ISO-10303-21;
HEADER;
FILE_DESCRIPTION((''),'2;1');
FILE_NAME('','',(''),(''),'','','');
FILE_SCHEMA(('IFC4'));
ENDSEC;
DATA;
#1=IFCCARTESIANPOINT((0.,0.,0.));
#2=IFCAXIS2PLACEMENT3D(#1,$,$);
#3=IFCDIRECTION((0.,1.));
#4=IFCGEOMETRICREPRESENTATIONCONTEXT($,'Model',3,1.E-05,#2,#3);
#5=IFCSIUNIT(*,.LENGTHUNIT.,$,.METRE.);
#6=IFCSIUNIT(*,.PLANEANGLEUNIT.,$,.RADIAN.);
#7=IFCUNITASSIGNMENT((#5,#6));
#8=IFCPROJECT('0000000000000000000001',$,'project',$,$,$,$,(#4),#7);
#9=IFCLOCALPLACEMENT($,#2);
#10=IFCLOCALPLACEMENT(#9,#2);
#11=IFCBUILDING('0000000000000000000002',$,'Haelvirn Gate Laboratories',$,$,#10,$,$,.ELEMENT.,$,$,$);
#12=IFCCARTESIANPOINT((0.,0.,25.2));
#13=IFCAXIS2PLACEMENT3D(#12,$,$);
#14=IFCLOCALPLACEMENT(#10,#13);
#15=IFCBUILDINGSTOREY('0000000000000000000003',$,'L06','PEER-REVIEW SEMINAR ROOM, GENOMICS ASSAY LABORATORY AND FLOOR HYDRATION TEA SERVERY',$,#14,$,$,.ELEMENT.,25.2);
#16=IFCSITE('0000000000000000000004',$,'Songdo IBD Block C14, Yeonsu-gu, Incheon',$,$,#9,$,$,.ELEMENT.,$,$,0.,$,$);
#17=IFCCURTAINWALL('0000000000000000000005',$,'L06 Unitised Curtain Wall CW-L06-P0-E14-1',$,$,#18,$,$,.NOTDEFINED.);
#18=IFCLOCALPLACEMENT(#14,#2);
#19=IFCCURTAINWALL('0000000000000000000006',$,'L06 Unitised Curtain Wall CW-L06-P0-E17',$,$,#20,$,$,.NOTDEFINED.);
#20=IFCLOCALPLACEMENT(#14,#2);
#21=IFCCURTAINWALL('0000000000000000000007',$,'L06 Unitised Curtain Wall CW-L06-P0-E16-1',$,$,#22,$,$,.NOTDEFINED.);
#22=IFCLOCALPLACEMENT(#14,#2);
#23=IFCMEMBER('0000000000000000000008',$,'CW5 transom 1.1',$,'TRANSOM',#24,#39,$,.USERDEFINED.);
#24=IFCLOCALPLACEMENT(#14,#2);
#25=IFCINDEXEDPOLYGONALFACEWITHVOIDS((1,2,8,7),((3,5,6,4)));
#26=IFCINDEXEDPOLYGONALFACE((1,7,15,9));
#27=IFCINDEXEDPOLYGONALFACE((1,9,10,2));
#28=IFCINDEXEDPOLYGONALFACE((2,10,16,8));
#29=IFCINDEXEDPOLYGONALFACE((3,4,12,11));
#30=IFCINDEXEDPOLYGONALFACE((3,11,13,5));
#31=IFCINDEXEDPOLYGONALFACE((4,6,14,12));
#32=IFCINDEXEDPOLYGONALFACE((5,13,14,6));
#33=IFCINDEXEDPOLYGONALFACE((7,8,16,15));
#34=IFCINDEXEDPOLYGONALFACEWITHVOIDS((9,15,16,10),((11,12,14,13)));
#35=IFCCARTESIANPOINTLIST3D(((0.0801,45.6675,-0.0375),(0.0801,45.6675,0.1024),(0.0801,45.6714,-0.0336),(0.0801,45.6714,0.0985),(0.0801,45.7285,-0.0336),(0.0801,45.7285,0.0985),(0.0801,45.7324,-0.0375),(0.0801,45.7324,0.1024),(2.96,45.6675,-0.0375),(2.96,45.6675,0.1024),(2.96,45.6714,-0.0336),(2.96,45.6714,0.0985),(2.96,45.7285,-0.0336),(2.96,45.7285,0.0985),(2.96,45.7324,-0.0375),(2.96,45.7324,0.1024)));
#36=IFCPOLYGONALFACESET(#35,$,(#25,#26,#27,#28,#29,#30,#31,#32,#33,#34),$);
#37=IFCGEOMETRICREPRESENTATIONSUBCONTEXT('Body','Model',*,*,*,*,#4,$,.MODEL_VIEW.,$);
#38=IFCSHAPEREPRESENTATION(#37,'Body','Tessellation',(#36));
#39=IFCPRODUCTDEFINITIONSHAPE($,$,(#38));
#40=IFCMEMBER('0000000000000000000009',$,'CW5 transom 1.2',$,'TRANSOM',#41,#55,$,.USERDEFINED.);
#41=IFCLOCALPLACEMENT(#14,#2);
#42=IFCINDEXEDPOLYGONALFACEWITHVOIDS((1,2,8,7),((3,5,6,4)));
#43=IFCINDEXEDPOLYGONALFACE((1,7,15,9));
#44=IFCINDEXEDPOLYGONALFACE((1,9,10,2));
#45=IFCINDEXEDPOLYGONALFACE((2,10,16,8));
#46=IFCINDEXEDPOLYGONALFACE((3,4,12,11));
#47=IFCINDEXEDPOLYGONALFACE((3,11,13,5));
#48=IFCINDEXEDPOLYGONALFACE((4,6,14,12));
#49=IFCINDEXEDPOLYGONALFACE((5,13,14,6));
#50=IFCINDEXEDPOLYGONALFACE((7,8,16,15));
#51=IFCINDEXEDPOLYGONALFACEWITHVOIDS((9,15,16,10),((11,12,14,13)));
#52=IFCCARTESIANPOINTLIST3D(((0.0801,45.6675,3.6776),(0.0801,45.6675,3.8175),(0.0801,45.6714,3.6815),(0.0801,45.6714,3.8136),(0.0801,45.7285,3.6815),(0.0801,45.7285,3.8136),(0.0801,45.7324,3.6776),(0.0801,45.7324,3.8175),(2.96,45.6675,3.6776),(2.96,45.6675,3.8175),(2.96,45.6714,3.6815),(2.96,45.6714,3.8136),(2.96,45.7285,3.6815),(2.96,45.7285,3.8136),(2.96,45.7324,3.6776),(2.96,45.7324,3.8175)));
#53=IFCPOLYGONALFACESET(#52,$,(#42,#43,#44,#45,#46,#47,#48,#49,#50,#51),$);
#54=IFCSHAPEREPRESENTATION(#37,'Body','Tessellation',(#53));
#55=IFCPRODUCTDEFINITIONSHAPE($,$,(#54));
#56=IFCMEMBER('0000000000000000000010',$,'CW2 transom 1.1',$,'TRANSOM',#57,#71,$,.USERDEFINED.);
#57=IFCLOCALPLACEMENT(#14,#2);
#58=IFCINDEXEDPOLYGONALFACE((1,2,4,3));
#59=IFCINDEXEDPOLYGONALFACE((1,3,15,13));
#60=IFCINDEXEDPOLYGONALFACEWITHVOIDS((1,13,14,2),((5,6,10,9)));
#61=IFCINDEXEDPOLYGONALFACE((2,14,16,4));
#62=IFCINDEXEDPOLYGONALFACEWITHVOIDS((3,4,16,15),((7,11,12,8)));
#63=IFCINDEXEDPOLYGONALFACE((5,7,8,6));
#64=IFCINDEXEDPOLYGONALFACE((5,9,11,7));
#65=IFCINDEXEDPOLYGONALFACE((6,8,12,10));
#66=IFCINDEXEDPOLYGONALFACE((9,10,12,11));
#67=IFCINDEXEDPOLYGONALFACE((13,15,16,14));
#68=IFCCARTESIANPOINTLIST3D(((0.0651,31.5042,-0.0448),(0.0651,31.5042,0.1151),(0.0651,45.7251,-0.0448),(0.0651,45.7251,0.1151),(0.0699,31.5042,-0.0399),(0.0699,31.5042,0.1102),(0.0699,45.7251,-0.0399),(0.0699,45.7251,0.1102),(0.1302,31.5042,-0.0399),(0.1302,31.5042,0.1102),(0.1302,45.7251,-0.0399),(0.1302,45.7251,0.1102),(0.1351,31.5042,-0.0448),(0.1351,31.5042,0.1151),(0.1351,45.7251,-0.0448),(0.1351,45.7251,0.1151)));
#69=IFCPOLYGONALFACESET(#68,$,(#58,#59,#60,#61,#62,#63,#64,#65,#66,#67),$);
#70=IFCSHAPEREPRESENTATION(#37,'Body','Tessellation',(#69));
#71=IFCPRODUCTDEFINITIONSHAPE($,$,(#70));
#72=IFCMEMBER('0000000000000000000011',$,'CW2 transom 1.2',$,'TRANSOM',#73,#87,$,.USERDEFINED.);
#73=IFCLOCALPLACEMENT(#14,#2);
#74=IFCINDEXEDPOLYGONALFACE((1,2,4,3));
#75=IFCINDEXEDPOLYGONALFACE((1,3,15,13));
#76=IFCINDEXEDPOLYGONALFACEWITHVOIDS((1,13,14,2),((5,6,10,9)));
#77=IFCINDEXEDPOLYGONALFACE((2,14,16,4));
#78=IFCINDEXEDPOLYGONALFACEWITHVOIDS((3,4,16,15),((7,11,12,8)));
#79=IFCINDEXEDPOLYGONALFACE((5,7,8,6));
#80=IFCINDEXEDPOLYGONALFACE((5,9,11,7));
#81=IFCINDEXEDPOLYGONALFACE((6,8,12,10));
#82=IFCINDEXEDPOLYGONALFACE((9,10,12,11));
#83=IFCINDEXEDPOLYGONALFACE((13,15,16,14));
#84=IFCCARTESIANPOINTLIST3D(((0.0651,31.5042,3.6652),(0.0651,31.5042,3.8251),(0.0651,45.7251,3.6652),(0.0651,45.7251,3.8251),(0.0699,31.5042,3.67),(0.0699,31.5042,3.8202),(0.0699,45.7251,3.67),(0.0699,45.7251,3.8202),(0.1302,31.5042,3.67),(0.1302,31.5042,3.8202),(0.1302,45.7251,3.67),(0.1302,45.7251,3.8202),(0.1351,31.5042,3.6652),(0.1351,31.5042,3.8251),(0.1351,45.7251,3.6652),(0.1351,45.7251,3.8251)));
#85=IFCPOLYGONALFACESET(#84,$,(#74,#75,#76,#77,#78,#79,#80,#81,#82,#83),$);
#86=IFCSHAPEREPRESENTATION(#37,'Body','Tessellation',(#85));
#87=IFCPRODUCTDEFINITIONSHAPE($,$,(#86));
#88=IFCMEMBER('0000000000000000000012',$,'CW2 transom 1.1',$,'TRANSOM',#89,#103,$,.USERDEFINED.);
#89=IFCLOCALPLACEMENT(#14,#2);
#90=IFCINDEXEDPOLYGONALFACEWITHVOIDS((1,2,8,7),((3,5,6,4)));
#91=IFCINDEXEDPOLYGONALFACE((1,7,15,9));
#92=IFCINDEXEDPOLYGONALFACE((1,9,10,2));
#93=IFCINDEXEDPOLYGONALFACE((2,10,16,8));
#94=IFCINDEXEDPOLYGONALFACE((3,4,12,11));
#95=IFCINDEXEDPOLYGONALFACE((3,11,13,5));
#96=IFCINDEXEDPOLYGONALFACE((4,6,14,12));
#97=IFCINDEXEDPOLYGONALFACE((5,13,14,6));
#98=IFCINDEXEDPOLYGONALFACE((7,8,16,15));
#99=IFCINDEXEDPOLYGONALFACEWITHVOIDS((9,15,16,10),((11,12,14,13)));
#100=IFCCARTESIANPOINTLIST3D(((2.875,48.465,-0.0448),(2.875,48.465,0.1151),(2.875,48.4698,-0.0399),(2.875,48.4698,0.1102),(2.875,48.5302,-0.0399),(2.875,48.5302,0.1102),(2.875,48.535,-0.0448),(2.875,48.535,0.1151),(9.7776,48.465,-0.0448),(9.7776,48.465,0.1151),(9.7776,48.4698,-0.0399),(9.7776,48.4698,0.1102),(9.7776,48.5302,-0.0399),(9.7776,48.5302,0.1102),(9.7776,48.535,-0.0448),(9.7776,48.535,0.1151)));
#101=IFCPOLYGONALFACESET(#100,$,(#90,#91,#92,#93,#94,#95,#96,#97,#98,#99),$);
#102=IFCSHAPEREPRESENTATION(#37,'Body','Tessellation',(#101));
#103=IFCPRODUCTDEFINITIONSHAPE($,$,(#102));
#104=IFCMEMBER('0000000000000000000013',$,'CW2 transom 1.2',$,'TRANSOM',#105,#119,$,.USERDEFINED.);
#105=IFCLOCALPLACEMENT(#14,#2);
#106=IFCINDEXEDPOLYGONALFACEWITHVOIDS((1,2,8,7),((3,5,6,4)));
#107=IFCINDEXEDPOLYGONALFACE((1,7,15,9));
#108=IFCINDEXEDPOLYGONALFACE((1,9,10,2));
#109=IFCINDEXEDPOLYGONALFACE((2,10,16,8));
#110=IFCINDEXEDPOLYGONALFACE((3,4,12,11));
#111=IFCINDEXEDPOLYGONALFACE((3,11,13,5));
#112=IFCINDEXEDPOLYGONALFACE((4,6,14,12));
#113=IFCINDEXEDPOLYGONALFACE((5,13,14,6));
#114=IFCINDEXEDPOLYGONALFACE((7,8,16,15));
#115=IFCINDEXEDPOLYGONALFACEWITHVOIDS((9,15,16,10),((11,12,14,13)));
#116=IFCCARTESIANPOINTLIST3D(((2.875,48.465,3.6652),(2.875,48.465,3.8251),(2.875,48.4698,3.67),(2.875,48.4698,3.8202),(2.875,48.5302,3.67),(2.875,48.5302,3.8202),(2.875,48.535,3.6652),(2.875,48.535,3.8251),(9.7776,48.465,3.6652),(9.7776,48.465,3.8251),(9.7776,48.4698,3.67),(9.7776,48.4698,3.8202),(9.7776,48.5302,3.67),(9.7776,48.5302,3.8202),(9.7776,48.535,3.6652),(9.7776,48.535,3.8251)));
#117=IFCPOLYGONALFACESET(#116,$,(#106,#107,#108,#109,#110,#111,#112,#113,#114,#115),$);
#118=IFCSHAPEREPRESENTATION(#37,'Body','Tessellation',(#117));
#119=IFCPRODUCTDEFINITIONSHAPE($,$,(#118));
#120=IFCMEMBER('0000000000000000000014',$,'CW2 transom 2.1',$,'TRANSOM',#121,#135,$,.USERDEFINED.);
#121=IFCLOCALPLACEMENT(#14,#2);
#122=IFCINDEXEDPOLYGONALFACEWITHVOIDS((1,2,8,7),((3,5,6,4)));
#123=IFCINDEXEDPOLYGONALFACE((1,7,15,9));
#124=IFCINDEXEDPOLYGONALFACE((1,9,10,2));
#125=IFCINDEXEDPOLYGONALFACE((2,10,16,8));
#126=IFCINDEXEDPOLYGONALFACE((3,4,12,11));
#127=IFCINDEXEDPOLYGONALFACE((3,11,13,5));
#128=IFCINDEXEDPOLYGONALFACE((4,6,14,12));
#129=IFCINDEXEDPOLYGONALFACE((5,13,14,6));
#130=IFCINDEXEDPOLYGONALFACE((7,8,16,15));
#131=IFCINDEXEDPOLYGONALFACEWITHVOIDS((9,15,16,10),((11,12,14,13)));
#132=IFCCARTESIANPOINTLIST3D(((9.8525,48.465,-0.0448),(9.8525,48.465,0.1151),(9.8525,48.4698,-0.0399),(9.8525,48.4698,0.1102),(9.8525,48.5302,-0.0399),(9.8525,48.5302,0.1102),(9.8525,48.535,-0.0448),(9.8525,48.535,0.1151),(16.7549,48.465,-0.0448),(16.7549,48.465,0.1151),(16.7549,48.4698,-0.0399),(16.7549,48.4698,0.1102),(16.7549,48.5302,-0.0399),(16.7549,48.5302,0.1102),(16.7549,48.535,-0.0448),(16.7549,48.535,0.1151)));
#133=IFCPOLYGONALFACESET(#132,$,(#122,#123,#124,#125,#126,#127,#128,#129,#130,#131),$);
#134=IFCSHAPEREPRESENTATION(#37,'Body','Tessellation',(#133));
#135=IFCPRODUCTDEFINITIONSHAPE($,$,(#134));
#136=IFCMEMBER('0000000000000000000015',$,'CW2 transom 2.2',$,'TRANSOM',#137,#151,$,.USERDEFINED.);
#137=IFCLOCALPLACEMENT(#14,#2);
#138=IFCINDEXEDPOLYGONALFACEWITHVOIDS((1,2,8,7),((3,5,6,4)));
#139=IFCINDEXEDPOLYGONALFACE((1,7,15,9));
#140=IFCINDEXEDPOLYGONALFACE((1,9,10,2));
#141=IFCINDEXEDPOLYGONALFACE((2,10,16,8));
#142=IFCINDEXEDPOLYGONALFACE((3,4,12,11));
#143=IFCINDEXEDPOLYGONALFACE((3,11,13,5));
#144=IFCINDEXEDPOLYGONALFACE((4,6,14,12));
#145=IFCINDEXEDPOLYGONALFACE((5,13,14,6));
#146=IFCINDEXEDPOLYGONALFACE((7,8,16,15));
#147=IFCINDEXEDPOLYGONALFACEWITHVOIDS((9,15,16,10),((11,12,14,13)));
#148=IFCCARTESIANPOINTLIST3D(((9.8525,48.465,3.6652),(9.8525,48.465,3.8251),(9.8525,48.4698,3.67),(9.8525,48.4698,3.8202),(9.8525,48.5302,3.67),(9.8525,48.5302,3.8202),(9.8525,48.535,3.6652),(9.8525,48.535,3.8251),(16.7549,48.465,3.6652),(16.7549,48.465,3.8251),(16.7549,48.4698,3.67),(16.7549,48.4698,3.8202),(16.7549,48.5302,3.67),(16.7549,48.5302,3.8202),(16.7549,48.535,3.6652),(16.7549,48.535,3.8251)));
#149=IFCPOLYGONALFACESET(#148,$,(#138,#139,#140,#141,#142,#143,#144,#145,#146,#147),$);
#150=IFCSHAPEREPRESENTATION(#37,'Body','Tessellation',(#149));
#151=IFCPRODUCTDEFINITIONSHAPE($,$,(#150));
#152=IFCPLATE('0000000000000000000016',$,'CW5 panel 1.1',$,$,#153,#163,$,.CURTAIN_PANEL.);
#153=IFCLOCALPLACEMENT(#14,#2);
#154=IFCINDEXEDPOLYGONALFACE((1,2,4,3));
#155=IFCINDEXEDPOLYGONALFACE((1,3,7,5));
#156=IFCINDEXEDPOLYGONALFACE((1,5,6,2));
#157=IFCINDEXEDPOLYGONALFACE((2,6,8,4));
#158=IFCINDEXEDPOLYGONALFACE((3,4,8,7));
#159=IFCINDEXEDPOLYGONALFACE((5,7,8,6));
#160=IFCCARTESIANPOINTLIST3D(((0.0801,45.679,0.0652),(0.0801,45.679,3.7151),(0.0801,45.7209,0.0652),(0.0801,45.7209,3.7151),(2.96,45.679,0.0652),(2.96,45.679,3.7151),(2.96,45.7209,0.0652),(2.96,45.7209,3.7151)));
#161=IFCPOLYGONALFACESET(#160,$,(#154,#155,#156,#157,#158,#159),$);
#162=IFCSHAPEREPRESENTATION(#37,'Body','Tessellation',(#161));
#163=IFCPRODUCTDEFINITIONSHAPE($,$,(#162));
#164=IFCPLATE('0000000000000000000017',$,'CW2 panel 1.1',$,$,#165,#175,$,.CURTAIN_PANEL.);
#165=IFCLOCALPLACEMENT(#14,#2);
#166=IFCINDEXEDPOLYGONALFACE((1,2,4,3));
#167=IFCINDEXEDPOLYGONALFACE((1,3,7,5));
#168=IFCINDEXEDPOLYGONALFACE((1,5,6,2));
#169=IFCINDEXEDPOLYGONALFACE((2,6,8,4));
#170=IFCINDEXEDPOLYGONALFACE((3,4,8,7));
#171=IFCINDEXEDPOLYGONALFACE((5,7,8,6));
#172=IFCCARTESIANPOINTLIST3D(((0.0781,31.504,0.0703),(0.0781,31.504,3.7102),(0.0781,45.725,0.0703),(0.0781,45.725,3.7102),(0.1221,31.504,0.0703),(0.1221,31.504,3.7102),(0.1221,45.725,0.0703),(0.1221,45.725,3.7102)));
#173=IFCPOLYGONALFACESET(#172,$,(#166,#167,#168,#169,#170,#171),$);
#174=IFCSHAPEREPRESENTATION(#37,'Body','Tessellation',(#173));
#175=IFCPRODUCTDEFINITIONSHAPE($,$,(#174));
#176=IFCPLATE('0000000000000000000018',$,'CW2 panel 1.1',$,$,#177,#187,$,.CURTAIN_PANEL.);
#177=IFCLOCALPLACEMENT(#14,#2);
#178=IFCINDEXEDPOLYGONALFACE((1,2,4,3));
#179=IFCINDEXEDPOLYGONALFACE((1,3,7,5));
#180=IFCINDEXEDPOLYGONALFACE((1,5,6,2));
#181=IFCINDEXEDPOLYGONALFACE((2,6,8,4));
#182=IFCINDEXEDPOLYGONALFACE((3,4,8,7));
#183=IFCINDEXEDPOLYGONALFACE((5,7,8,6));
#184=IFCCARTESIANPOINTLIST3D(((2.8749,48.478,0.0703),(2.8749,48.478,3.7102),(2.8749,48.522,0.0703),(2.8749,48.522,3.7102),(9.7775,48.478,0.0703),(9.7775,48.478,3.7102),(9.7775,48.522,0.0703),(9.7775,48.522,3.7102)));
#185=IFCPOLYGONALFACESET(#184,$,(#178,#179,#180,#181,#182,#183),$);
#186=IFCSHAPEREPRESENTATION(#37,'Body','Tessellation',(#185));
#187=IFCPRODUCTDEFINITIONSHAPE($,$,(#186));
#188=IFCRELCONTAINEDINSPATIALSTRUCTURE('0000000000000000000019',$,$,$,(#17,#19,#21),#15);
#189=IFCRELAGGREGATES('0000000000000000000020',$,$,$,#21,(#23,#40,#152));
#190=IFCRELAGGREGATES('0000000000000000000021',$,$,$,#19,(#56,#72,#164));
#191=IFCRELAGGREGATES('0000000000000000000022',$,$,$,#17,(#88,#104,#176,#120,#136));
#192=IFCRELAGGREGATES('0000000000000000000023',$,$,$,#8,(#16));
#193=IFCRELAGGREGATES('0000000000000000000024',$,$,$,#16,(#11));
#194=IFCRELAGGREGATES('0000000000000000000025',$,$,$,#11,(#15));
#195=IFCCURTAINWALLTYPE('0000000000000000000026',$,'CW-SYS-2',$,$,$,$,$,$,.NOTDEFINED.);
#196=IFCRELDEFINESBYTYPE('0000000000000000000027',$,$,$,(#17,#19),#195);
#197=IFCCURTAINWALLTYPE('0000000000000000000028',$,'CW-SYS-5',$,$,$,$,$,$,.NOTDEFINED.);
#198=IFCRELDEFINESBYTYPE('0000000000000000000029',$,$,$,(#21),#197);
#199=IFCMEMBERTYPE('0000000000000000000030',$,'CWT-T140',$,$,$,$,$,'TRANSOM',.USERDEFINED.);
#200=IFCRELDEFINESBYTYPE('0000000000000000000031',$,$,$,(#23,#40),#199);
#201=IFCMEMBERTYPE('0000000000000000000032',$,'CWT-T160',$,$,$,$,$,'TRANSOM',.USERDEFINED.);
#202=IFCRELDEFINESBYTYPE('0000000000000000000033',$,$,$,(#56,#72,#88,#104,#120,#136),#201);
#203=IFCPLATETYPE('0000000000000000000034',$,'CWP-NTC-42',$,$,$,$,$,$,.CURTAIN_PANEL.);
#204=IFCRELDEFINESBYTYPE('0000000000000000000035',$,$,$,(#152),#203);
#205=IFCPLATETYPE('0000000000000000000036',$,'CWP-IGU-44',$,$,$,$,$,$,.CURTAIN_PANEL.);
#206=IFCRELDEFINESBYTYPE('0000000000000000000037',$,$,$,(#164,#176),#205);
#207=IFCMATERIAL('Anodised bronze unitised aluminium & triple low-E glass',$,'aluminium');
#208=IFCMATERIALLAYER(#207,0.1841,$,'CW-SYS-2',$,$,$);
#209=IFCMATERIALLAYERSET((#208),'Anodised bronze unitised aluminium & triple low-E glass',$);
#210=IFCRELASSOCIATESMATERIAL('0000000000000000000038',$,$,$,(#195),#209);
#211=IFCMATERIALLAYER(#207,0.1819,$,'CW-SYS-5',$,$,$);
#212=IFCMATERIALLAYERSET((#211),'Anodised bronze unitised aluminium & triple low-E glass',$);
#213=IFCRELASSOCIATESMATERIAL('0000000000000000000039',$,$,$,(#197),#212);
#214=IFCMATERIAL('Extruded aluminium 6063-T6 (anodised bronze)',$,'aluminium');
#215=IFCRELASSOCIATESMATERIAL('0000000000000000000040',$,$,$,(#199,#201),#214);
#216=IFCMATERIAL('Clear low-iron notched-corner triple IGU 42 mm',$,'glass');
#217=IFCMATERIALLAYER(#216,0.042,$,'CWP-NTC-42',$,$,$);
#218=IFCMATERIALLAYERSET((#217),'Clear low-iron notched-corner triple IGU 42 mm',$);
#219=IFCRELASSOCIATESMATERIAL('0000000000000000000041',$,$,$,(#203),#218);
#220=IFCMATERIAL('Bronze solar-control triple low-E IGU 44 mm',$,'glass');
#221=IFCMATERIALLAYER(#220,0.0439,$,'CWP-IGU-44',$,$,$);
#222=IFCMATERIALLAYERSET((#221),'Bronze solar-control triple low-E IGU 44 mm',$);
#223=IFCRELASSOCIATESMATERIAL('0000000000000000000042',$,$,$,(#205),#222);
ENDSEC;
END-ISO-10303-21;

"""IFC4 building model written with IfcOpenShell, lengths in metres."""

from ifc_helpers import new_model, si_unit, direction, frame, origin, origin_2d, place, context, subcontext, project, spatial, rectangle, hollow_rectangle, extrude, source, transform, mapped, material, layer, layer_set, material_profile, profile_set, type_object, type_shapes, element, aggregate, save


model = new_model("IFC4")

# Units and contexts
model_context = context("Model", 3, precision=1e-05, world=origin(), true_north=direction((0.0, 1.0)))
body_context = subcontext(model_context, "Body", "Model", "MODEL_VIEW")
ifc_project = project(units=[si_unit("LENGTHUNIT", "METRE"), si_unit("PLANEANGLEUNIT", "RADIAN")], contexts=[model_context])

# Site, building, storey
site_placement = place(None, origin())
site = spatial("IfcSite", under=ifc_project, at=site_placement, Name="Songdo IBD Block C14, Yeonsu-gu, Incheon", CompositionType="ELEMENT", RefElevation=0.0)
building_placement = place(site_placement, origin())
building = spatial("IfcBuilding", under=site, at=building_placement, Name="Haelvirn Gate Laboratories", CompositionType="ELEMENT")
storey_placement = place(building_placement, frame((0.0, 0.0, 25.2)))
storey = spatial("IfcBuildingStorey", under=building, at=storey_placement, Name="L06", Description="PEER-REVIEW SEMINAR ROOM, GENOMICS ASSAY LABORATORY AND FLOOR HYDRATION TEA SERVERY", CompositionType="ELEMENT", Elevation=25.2)

# Curtain wall
ifc_material_1 = material(Name="Anodised bronze unitised aluminium & triple low-E glass", Category="aluminium")
ifc_layer_1 = layer(ifc_material_1, 0.1841, Name="CW-SYS-2")
ifc_layer_set_1 = layer_set([ifc_layer_1], Name="Anodised bronze unitised aluminium & triple low-E glass")
curtain_wall_type_1 = type_object("IfcCurtainWallType", Name="CW-SYS-2", PredefinedType="NOTDEFINED", material=ifc_layer_set_1)
curtain_wall_1_placement = place(storey_placement, origin())
curtain_wall_1 = element("IfcCurtainWall", 1, at=curtain_wall_1_placement, inside=storey, type_object=curtain_wall_type_1, Name="L06 Unitised Curtain Wall CW-L06-P0-E14-1", PredefinedType="NOTDEFINED")
ifc_material_2 = material(Name="Extruded aluminium 6063-T6 (anodised bronze)", Category="aluminium")

# Curtain wall
curtain_wall_2_placement = place(storey_placement, origin())
curtain_wall_2 = element("IfcCurtainWall", 2, at=curtain_wall_2_placement, inside=storey, type_object=curtain_wall_type_1, Name="L06 Unitised Curtain Wall CW-L06-P0-E17", PredefinedType="NOTDEFINED")

# Curtain wall, members
ifc_layer_2 = layer(ifc_material_1, 0.1819, Name="CW-SYS-5")
ifc_layer_set_2 = layer_set([ifc_layer_2], Name="Anodised bronze unitised aluminium & triple low-E glass")
curtain_wall_type_2 = type_object("IfcCurtainWallType", Name="CW-SYS-5", PredefinedType="NOTDEFINED", material=ifc_layer_set_2)
curtain_wall_3_placement = place(storey_placement, origin())
curtain_wall_3 = element("IfcCurtainWall", 3, at=curtain_wall_3_placement, inside=storey, type_object=curtain_wall_type_2, Name="L06 Unitised Curtain Wall CW-L06-P0-E16-1", PredefinedType="NOTDEFINED")
ifc_material_profile_1 = material_profile(ifc_material_2, hollow_rectangle(XDim=0.0649, YDim=0.1399, WallThickness=0.0039, at=origin_2d()), Name="CWT-140x65x4")
ifc_profile_set_1 = profile_set([ifc_material_profile_1], Name="Extruded aluminium 6063-T6 (anodised bronze)")
member_type_1 = type_object("IfcMemberType", Name="CWT-T140", ElementType="TRANSOM", PredefinedType="USERDEFINED", material=ifc_profile_set_1)
shared_shape_1 = source(origin(), body_context, "Body", "SweptSolid", [
    extrude(hollow_rectangle(XDim=0.0649, YDim=0.1399, WallThickness=0.0039, at=origin_2d()), origin(), (0.0, 0.0, 1.0), 2.8799),
])
type_shapes(member_type_1, [shared_shape_1])
member_1_placement = place(storey_placement, frame((0.0801, 45.7, 0.0325), z_axis=(1.0, 0.0, 0.0), x_axis=(0.0, 1.0, 0.0)))
member_1 = element("IfcMember", 4, at=member_1_placement, type_object=member_type_1, Name="CW5 transom 1.1", ObjectType="TRANSOM", PredefinedType="USERDEFINED", context=body_context, shape_type="MappedRepresentation", body=[
    mapped(shared_shape_1, transform((0.0, 0.0, 0.0), scale=1.0)),
])
member_2_placement = place(storey_placement, frame((0.0801, 45.7, 3.7476), z_axis=(1.0, 0.0, 0.0), x_axis=(0.0, 1.0, 0.0)))
member_2 = element("IfcMember", 5, at=member_2_placement, type_object=member_type_1, Name="CW5 transom 1.2", ObjectType="TRANSOM", PredefinedType="USERDEFINED", context=body_context, shape_type="MappedRepresentation", body=[
    mapped(shared_shape_1, transform((0.0, 0.0, 0.0), scale=1.0)),
])

# Members
ifc_material_profile_2 = material_profile(ifc_material_2, hollow_rectangle(XDim=0.0701, YDim=0.1599, WallThickness=0.0049, at=origin_2d()), Name="CWT-160x70x5")
ifc_profile_set_2 = profile_set([ifc_material_profile_2], Name="Extruded aluminium 6063-T6 (anodised bronze)")
member_type_2 = type_object("IfcMemberType", Name="CWT-T160", ElementType="TRANSOM", PredefinedType="USERDEFINED", material=ifc_profile_set_2)
shared_shape_2 = source(origin(), body_context, "Body", "SweptSolid", [
    extrude(hollow_rectangle(XDim=0.0701, YDim=0.1599, WallThickness=0.0049, at=origin_2d()), origin(), (0.0, 0.0, 1.0), 14.2209),
])
member_3_placement = place(storey_placement, frame((0.1001, 45.7251, 0.0352), z_axis=(0.0, -1.0, 0.0), x_axis=(1.0, 0.0, 0.0)))
member_3 = element("IfcMember", 6, at=member_3_placement, type_object=member_type_2, Name="CW2 transom 1.1", ObjectType="TRANSOM", PredefinedType="USERDEFINED", context=body_context, shape_type="MappedRepresentation", body=[
    mapped(shared_shape_2, transform((0.0, 0.0, 0.0), scale=1.0)),
])
member_4_placement = place(storey_placement, frame((0.1001, 45.7251, 3.7451), z_axis=(0.0, -1.0, 0.0), x_axis=(1.0, 0.0, 0.0)))
member_4 = element("IfcMember", 7, at=member_4_placement, type_object=member_type_2, Name="CW2 transom 1.2", ObjectType="TRANSOM", PredefinedType="USERDEFINED", context=body_context, shape_type="MappedRepresentation", body=[
    mapped(shared_shape_2, transform((0.0, 0.0, 0.0), scale=1.0)),
])
shared_shape_3 = source(origin(), body_context, "Body", "SweptSolid", [
    extrude(hollow_rectangle(XDim=0.0701, YDim=0.1599, WallThickness=0.0049, at=origin_2d()), origin(), (0.0, 0.0, 1.0), 6.9026),
])
member_5_placement = place(storey_placement, frame((2.875, 48.5, 0.0352), z_axis=(1.0, 0.0, 0.0), x_axis=(0.0, 1.0, 0.0)))
member_5 = element("IfcMember", 8, at=member_5_placement, type_object=member_type_2, Name="CW2 transom 1.1", ObjectType="TRANSOM", PredefinedType="USERDEFINED", context=body_context, shape_type="MappedRepresentation", body=[
    mapped(shared_shape_3, transform((0.0, 0.0, 0.0), scale=1.0)),
])
member_6_placement = place(storey_placement, frame((2.875, 48.5, 3.7451), z_axis=(1.0, 0.0, 0.0), x_axis=(0.0, 1.0, 0.0)))
member_6 = element("IfcMember", 9, at=member_6_placement, type_object=member_type_2, Name="CW2 transom 1.2", ObjectType="TRANSOM", PredefinedType="USERDEFINED", context=body_context, shape_type="MappedRepresentation", body=[
    mapped(shared_shape_3, transform((0.0, 0.0, 0.0), scale=1.0)),
])
shared_shape_4 = source(origin(), body_context, "Body", "SweptSolid", [
    extrude(hollow_rectangle(XDim=0.0701, YDim=0.1599, WallThickness=0.0049, at=origin_2d()), origin(), (0.0, 0.0, 1.0), 6.9023),
])
type_shapes(member_type_2, [shared_shape_2, shared_shape_3, shared_shape_4])
member_7_placement = place(storey_placement, frame((9.8525, 48.5, 0.0352), z_axis=(1.0, 0.0, 0.0), x_axis=(0.0, 1.0, 0.0)))
member_7 = element("IfcMember", 10, at=member_7_placement, type_object=member_type_2, Name="CW2 transom 2.1", ObjectType="TRANSOM", PredefinedType="USERDEFINED", context=body_context, shape_type="MappedRepresentation", body=[
    mapped(shared_shape_4, transform((0.0, 0.0, 0.0), scale=1.0)),
])
member_8_placement = place(storey_placement, frame((9.8525, 48.5, 3.7451), z_axis=(1.0, 0.0, 0.0), x_axis=(0.0, 1.0, 0.0)))
member_8 = element("IfcMember", 11, at=member_8_placement, type_object=member_type_2, Name="CW2 transom 2.2", ObjectType="TRANSOM", PredefinedType="USERDEFINED", context=body_context, shape_type="MappedRepresentation", body=[
    mapped(shared_shape_4, transform((0.0, 0.0, 0.0), scale=1.0)),
])

# Plates
ifc_material_3 = material(Name="Clear low-iron notched-corner triple IGU 42 mm", Category="glass")
ifc_layer_3 = layer(ifc_material_3, 0.042, Name="CWP-NTC-42")
ifc_layer_set_3 = layer_set([ifc_layer_3], Name="Clear low-iron notched-corner triple IGU 42 mm")
plate_type_1 = type_object("IfcPlateType", Name="CWP-NTC-42", PredefinedType="CURTAIN_PANEL", material=ifc_layer_set_3)
shared_shape_5 = source(origin(), body_context, "Body", "SweptSolid", [
    extrude(rectangle(XDim=2.8799, YDim=0.042, at=origin_2d()), origin(), (0.0, 0.0, 1.0), 3.6499),
])
type_shapes(plate_type_1, [shared_shape_5])
plate_1_placement = place(storey_placement, frame((1.52, 45.7, 0.0652), z_axis=(0.0, 0.0, 1.0), x_axis=(1.0, 0.0, 0.0)))
plate_1 = element("IfcPlate", 12, at=plate_1_placement, type_object=plate_type_1, Name="CW5 panel 1.1", PredefinedType="CURTAIN_PANEL", context=body_context, shape_type="MappedRepresentation", body=[
    mapped(shared_shape_5, transform((0.0, 0.0, 0.0), scale=1.0)),
])
aggregate(curtain_wall_3, [member_1, member_2, plate_1])
ifc_material_4 = material(Name="Bronze solar-control triple low-E IGU 44 mm", Category="glass")
ifc_layer_4 = layer(ifc_material_4, 0.0439, Name="CWP-IGU-44")
ifc_layer_set_4 = layer_set([ifc_layer_4], Name="Bronze solar-control triple low-E IGU 44 mm")
plate_type_2 = type_object("IfcPlateType", Name="CWP-IGU-44", PredefinedType="CURTAIN_PANEL", material=ifc_layer_set_4)
shared_shape_6 = source(origin(), body_context, "Body", "SweptSolid", [
    extrude(rectangle(XDim=14.2209, YDim=0.0439, at=origin_2d()), origin(), (0.0, 0.0, 1.0), 3.6399),
])
plate_2_placement = place(storey_placement, frame((0.1001, 38.6145, 0.0703), z_axis=(0.0, 0.0, 1.0), x_axis=(0.0, -1.0, 0.0)))
plate_2 = element("IfcPlate", 13, at=plate_2_placement, type_object=plate_type_2, Name="CW2 panel 1.1", PredefinedType="CURTAIN_PANEL", context=body_context, shape_type="MappedRepresentation", body=[
    mapped(shared_shape_6, transform((0.0, 0.0, 0.0), scale=1.0)),
])
aggregate(curtain_wall_2, [member_3, member_4, plate_2])
shared_shape_7 = source(origin(), body_context, "Body", "SweptSolid", [
    extrude(rectangle(XDim=6.9026, YDim=0.0439, at=origin_2d()), origin(), (0.0, 0.0, 1.0), 3.6399),
])
type_shapes(plate_type_2, [shared_shape_6, shared_shape_7])
plate_3_placement = place(storey_placement, frame((6.3262, 48.5, 0.0703), z_axis=(0.0, 0.0, 1.0), x_axis=(1.0, 0.0, 0.0)))
plate_3 = element("IfcPlate", 14, at=plate_3_placement, type_object=plate_type_2, Name="CW2 panel 1.1", PredefinedType="CURTAIN_PANEL", context=body_context, shape_type="MappedRepresentation", body=[
    mapped(shared_shape_7, transform((0.0, 0.0, 0.0), scale=1.0)),
])
aggregate(curtain_wall_1, [member_5, member_6, plate_3, member_7, member_8])

save(model, "model.ifc")
